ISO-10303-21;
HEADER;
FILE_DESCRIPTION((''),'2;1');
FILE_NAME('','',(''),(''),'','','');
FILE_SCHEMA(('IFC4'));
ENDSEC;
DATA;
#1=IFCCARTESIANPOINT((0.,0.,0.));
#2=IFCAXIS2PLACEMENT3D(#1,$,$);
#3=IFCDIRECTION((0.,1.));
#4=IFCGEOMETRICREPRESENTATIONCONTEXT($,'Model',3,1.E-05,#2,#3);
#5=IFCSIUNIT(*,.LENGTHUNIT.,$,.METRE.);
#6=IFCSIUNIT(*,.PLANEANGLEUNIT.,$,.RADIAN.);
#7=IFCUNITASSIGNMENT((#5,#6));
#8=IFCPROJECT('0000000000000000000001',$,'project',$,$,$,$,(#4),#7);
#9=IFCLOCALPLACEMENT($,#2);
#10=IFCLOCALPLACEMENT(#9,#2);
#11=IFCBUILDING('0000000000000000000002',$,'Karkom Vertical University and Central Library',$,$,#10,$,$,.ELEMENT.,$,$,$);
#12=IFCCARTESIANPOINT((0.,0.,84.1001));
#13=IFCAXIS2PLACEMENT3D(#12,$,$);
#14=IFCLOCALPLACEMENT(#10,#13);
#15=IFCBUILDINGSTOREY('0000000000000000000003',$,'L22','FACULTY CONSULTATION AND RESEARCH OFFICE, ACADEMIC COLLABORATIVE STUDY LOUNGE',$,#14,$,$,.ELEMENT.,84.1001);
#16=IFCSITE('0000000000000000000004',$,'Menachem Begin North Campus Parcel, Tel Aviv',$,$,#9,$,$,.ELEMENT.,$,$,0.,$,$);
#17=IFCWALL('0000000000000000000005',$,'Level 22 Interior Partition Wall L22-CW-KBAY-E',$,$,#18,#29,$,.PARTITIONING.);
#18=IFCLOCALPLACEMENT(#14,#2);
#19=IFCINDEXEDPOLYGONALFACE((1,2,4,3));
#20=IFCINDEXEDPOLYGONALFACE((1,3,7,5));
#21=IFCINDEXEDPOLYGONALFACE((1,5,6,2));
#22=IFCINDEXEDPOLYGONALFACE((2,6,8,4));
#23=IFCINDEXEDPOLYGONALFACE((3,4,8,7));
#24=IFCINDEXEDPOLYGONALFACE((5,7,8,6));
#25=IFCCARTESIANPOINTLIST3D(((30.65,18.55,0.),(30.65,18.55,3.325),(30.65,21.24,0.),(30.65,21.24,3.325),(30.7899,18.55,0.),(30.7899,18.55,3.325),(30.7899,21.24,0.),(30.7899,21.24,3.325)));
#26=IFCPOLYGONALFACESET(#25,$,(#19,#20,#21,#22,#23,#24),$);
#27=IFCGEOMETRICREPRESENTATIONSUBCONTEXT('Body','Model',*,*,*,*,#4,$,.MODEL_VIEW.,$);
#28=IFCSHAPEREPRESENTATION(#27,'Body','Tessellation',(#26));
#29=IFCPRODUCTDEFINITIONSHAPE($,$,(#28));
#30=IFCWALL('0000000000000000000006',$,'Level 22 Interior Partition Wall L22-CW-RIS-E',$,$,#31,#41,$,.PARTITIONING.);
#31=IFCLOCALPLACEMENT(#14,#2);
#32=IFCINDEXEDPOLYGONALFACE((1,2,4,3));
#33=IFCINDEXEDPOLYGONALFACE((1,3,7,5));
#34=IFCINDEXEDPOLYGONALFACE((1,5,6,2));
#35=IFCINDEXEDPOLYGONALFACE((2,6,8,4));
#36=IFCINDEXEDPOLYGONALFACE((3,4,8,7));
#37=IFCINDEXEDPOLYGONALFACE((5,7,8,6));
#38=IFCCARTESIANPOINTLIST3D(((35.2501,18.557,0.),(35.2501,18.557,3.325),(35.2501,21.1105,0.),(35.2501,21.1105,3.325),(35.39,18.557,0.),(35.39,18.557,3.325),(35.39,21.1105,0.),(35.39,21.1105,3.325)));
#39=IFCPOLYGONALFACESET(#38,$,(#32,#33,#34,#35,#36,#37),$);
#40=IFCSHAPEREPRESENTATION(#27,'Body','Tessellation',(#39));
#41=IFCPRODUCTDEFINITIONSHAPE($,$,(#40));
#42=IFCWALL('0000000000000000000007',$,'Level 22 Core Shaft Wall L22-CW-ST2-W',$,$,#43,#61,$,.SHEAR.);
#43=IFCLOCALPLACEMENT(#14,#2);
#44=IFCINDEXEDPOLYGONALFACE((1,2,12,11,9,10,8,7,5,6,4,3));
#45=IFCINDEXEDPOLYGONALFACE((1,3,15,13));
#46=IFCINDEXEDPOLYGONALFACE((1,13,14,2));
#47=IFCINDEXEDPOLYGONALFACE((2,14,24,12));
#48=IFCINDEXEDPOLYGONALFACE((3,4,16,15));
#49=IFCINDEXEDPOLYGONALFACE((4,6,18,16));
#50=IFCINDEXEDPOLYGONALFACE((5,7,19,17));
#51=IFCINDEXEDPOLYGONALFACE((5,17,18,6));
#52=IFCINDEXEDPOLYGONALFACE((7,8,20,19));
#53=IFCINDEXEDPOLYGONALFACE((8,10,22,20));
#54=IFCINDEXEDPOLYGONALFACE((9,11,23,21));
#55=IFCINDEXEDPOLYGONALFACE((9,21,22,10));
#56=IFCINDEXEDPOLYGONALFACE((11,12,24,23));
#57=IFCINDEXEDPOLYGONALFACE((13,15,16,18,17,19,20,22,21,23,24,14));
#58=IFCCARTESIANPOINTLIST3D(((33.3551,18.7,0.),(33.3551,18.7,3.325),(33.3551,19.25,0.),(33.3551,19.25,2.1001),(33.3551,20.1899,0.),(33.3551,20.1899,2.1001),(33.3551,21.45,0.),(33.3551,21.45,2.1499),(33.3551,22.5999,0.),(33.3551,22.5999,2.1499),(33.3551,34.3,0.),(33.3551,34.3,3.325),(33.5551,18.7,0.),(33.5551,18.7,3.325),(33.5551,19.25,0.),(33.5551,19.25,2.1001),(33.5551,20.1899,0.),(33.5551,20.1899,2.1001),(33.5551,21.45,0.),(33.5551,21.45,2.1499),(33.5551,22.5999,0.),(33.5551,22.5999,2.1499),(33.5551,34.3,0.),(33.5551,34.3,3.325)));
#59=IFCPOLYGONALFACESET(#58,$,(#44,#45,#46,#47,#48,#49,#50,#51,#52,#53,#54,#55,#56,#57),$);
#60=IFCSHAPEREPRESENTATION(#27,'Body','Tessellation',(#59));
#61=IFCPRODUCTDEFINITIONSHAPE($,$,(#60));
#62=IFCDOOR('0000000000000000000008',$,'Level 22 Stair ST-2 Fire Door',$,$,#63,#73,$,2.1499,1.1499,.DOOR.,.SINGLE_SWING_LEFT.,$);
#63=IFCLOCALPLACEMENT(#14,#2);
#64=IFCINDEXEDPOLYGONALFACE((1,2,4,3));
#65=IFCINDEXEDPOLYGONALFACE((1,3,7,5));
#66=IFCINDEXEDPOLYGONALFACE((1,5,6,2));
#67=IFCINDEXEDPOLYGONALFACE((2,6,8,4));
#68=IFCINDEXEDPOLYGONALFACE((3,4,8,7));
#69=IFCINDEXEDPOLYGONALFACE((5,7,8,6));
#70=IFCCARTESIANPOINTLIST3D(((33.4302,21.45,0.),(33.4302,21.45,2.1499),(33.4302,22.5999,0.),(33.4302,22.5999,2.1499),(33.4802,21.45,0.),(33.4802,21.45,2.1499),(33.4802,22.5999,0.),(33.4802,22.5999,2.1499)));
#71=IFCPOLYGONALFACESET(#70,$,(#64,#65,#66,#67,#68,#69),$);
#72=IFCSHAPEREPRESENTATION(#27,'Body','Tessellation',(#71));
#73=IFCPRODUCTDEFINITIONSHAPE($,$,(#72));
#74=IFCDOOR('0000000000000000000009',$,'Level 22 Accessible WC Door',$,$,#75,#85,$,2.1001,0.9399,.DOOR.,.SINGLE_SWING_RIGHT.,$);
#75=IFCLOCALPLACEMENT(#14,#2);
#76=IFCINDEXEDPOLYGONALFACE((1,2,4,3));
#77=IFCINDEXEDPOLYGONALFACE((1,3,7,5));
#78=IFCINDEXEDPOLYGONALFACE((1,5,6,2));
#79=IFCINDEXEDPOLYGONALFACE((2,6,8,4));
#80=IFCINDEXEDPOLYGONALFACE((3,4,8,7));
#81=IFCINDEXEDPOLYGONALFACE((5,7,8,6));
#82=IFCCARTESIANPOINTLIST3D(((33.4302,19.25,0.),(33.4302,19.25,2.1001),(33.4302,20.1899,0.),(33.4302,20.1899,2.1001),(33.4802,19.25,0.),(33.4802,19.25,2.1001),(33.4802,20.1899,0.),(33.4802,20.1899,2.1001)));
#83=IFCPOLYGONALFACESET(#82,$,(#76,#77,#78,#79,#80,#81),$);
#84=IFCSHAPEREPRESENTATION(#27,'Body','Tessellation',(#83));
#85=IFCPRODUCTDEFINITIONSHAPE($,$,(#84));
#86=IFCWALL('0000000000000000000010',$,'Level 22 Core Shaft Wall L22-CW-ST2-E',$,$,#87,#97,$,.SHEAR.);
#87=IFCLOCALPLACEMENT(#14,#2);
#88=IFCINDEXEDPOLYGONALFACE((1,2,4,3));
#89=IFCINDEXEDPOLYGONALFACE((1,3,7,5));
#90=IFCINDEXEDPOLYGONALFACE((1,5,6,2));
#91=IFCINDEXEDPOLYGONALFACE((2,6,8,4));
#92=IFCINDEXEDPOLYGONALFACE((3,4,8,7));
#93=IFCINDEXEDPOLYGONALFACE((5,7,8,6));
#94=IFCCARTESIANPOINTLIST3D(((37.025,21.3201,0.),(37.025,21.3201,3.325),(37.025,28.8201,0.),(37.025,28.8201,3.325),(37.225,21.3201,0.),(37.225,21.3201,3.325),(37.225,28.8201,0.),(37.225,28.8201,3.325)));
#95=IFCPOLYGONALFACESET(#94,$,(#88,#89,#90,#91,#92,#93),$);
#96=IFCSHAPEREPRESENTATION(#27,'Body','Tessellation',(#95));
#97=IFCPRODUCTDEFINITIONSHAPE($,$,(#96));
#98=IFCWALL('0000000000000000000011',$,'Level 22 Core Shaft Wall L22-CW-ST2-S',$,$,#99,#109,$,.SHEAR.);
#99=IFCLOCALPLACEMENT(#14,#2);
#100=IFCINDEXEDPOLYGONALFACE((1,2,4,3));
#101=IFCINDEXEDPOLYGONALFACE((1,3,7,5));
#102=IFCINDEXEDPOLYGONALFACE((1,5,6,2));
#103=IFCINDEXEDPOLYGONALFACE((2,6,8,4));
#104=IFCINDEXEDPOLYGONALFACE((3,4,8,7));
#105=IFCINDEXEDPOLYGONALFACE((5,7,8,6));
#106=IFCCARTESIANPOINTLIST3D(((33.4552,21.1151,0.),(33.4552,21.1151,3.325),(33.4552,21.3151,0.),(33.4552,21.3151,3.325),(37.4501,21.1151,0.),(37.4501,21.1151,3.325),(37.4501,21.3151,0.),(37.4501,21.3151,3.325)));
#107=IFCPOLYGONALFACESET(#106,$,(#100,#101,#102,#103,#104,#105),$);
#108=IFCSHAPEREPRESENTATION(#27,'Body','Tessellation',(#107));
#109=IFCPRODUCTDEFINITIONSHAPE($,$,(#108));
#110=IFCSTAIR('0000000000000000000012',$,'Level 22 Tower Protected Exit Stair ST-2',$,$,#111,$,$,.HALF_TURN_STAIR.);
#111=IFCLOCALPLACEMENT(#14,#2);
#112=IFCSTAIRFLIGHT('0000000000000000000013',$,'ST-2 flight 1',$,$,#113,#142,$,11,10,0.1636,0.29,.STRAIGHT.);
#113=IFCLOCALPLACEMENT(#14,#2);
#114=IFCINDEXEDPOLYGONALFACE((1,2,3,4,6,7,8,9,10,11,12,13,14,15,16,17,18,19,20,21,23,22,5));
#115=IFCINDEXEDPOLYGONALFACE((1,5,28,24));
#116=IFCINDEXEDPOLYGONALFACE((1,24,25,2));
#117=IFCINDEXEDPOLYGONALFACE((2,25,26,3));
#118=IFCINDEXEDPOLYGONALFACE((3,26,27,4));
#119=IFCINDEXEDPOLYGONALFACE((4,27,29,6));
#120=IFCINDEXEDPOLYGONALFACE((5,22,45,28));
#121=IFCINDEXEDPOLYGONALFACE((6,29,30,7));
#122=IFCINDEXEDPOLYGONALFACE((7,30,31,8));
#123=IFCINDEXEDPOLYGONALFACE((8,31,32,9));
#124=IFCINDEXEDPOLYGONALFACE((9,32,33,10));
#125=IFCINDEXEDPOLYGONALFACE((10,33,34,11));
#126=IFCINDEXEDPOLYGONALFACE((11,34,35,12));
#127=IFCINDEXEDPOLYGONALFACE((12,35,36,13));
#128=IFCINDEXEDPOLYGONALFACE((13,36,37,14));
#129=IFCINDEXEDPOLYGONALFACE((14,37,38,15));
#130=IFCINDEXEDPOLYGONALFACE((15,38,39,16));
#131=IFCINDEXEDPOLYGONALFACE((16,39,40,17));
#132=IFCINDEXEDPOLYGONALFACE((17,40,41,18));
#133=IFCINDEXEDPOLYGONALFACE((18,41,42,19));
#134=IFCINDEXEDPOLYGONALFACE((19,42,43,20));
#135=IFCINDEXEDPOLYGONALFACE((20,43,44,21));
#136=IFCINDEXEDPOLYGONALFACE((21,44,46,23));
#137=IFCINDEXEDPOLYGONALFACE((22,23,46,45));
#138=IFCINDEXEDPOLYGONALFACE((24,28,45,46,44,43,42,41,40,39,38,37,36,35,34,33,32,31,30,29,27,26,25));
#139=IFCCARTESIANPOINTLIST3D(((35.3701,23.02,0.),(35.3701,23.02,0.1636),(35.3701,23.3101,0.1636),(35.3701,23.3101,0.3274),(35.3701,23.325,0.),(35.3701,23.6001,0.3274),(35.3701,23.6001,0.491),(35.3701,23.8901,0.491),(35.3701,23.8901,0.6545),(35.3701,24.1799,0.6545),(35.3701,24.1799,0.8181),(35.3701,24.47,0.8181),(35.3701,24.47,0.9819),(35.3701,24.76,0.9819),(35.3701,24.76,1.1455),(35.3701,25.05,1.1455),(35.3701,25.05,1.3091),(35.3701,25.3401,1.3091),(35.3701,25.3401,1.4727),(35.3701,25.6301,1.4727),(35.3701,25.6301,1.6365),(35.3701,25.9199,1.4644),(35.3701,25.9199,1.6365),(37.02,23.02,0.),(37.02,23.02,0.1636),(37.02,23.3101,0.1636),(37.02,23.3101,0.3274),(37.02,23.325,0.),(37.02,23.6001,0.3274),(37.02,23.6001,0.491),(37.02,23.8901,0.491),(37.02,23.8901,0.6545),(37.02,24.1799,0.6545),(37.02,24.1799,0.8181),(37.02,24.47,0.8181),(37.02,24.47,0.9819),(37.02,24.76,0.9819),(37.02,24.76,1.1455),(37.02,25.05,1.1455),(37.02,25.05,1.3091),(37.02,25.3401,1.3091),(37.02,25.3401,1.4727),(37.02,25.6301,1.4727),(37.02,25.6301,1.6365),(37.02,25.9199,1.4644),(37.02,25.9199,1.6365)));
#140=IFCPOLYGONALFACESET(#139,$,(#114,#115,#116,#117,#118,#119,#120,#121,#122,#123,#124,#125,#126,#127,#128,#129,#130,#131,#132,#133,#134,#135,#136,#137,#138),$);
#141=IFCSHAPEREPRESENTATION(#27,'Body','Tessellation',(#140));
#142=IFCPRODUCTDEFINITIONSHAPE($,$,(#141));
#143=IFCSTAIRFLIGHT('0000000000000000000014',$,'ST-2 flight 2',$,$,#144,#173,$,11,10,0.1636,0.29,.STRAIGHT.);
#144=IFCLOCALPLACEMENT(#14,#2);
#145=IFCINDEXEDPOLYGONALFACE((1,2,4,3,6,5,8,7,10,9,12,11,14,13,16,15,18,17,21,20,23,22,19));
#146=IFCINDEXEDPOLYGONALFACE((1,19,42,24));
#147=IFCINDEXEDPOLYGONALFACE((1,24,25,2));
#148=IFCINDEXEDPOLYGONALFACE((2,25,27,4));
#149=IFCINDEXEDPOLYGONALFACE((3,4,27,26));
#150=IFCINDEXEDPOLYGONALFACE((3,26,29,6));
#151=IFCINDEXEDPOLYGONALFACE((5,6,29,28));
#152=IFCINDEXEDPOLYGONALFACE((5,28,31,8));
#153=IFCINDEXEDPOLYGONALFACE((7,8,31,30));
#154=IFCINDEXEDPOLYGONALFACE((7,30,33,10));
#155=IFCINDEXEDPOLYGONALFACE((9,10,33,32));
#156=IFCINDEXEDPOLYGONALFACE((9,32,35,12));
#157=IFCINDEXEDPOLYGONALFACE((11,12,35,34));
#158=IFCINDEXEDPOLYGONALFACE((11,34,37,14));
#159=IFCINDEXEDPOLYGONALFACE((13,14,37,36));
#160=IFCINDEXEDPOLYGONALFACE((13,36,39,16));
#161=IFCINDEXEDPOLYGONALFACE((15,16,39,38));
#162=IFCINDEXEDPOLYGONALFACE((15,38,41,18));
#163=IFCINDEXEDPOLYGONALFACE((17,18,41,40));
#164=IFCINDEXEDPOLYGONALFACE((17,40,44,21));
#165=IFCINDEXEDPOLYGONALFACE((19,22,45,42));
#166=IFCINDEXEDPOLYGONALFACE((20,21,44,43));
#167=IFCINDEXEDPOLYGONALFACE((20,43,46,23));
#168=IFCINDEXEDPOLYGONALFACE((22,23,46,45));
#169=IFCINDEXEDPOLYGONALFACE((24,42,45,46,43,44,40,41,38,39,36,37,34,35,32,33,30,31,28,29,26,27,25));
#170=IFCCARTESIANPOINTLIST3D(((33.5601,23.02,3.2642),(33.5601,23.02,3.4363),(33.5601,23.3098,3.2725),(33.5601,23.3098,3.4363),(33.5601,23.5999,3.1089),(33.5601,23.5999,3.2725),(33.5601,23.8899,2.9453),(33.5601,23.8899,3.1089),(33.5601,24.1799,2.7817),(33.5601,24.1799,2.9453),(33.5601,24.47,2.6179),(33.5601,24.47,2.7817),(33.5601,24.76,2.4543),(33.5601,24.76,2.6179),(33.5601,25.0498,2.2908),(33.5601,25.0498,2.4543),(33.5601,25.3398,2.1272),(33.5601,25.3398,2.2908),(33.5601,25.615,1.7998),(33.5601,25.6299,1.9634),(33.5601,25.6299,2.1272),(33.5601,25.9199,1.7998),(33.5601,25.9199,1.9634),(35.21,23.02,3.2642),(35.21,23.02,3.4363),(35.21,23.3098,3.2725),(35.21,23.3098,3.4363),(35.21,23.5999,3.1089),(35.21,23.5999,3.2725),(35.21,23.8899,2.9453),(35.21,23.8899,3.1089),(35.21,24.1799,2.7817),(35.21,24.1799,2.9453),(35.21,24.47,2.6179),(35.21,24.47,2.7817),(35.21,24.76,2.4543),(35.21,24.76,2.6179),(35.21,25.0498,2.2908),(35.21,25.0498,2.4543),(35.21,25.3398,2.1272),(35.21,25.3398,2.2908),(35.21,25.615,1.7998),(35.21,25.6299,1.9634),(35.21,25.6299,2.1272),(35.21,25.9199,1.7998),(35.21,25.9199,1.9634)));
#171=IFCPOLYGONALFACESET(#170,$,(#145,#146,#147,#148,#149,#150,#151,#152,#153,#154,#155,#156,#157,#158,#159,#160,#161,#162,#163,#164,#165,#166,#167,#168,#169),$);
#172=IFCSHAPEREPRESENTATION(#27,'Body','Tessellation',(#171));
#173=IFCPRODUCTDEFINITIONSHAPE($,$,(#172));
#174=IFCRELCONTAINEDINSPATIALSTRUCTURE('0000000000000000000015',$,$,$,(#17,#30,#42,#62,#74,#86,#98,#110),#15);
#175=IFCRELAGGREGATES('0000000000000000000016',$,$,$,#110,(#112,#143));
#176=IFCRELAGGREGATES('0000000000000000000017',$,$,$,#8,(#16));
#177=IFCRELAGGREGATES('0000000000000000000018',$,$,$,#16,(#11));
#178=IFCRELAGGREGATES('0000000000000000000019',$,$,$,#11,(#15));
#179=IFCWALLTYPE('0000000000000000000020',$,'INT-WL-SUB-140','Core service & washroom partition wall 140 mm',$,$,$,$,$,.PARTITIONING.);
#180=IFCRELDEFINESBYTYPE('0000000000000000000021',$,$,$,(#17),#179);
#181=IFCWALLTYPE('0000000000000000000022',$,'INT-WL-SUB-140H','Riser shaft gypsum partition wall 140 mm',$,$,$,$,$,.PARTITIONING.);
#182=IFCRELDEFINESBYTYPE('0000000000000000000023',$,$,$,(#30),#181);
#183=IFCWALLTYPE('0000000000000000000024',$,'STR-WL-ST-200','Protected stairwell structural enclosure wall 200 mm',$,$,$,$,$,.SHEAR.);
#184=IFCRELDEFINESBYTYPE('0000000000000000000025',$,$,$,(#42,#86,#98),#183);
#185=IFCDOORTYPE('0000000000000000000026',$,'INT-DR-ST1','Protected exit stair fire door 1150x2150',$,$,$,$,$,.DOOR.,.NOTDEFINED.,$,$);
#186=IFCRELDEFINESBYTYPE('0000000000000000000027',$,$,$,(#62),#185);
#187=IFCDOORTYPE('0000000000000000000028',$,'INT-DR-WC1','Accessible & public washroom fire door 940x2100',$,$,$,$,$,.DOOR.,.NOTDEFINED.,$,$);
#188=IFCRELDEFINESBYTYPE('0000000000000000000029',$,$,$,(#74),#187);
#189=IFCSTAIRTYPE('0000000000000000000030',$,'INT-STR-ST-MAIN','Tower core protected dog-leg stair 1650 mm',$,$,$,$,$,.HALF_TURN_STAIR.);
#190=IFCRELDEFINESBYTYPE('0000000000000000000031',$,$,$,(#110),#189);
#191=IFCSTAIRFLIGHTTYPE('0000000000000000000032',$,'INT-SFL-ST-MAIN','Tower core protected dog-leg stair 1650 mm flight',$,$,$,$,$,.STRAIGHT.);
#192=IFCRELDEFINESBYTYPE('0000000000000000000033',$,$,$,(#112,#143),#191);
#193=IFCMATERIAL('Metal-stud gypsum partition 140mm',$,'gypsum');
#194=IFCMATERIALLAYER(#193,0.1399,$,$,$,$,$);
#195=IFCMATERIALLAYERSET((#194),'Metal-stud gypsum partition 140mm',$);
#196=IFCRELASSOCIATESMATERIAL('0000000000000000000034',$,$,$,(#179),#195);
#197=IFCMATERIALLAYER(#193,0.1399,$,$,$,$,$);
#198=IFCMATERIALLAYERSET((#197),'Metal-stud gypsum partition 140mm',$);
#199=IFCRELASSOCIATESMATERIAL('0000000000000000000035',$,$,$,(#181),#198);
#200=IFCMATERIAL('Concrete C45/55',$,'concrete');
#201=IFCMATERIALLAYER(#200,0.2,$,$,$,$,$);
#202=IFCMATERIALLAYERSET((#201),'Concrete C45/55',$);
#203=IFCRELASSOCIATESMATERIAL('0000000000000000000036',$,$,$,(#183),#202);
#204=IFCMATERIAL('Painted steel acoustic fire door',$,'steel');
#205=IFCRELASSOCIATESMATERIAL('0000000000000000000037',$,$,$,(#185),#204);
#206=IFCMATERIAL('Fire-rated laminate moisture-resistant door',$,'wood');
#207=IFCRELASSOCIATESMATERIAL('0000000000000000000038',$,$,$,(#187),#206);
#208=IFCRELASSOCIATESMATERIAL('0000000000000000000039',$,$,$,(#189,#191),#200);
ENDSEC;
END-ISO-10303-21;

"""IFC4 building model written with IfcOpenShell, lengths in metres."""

from ifc_helpers import new_model, si_unit, direction, frame, frame_2d, origin, origin_with_axes, place, context, subcontext, project, spatial, polyline, rectangle, outline, extrude, source, transform, mapped, material, layer, layer_set, type_object, element, fill, aggregate, save


model = new_model("IFC4")

# Units and contexts
model_context = context("Model", 3, precision=1e-05, world=origin(), true_north=direction((0.0, 1.0)))
body_context = subcontext(model_context, "Body", "Model", "MODEL_VIEW")
ifc_project = project(units=[si_unit("LENGTHUNIT", "METRE"), si_unit("PLANEANGLEUNIT", "RADIAN")], contexts=[model_context])

# Site, building, storey
site_placement = place(None, origin())
site = spatial("IfcSite", under=ifc_project, at=site_placement, Name="Menachem Begin North Campus Parcel, Tel Aviv", CompositionType="ELEMENT", RefElevation=0.0)
building_placement = place(site_placement, origin())
building = spatial("IfcBuilding", under=site, at=building_placement, Name="Karkom Vertical University and Central Library", CompositionType="ELEMENT")
storey_placement = place(building_placement, frame((0.0, 0.0, 84.1001)))
storey = spatial("IfcBuildingStorey", under=building, at=storey_placement, Name="L22", Description="FACULTY CONSULTATION AND RESEARCH OFFICE, ACADEMIC COLLABORATIVE STUDY LOUNGE", CompositionType="ELEMENT", Elevation=84.1001)

# Shared definitions
ifc_material_1 = material(Name="Metal-stud gypsum partition 140mm", Category="gypsum")
ifc_layer_1 = layer(ifc_material_1, 0.1399)
ifc_layer_set_1 = layer_set([ifc_layer_1], Name="Metal-stud gypsum partition 140mm")
wall_type_1 = type_object("IfcWallType", Name="INT-WL-SUB-140", Description="Core service & washroom partition wall 140 mm", PredefinedType="PARTITIONING", material=ifc_layer_set_1)

# Walls
wall_1_placement = place(storey_placement, frame((30.72, 18.55, 0.0), z_axis=(0.0, 0.0, 1.0), x_axis=(0.0, 1.0, 0.0)))
element("IfcWall", 1, at=wall_1_placement, inside=storey, type_object=wall_type_1, Name="Level 22 Interior Partition Wall L22-CW-KBAY-E", PredefinedType="PARTITIONING", context=body_context, shape_type="SweptSolid", body=[
    extrude(rectangle(XDim=2.6899, YDim=0.1399, at=frame_2d((1.345, 0.0))), origin(), (0.0, 0.0, 1.0), 3.325),
])
ifc_layer_2 = layer(ifc_material_1, 0.1399)
ifc_layer_set_2 = layer_set([ifc_layer_2], Name="Metal-stud gypsum partition 140mm")
wall_type_2 = type_object("IfcWallType", Name="INT-WL-SUB-140H", Description="Riser shaft gypsum partition wall 140 mm", PredefinedType="PARTITIONING", material=ifc_layer_set_2)
wall_2_placement = place(storey_placement, frame((35.3201, 18.5569, 0.0), z_axis=(0.0, 0.0, 1.0), x_axis=(0.0, 1.0, 0.0)))
element("IfcWall", 2, at=wall_2_placement, inside=storey, type_object=wall_type_2, Name="Level 22 Interior Partition Wall L22-CW-RIS-E", PredefinedType="PARTITIONING", context=body_context, shape_type="SweptSolid", body=[
    extrude(rectangle(XDim=2.5535, YDim=0.1399, at=frame_2d((1.2769, 0.0))), origin(), (0.0, 0.0, 1.0), 3.325),
])

# Wall, openings, doors
ifc_material_2 = material(Name="Concrete C45/55", Category="concrete")
ifc_layer_3 = layer(ifc_material_2, 0.2)
ifc_layer_set_3 = layer_set([ifc_layer_3], Name="Concrete C45/55")
wall_type_3 = type_object("IfcWallType", Name="STR-WL-ST-200", Description="Protected stairwell structural enclosure wall 200 mm", PredefinedType="SHEAR", material=ifc_layer_set_3)
wall_3_placement = place(storey_placement, frame((33.4551, 18.7, 0.0), z_axis=(0.0, 0.0, 1.0), x_axis=(0.0, 1.0, 0.0)))
wall_3 = element("IfcWall", 3, at=wall_3_placement, inside=storey, type_object=wall_type_3, Name="Level 22 Core Shaft Wall L22-CW-ST2-W", PredefinedType="SHEAR", context=body_context, shape_type="SweptSolid", body=[
    extrude(rectangle(XDim=15.6001, YDim=0.2, at=frame_2d((7.8, 0.0))), origin(), (0.0, 0.0, 1.0), 3.325),
])
opening_1_placement = place(wall_3_placement, frame((2.75, 0.0, 0.0)))
opening_1 = element("IfcOpeningElement", 4, at=opening_1_placement, cuts=wall_3, PredefinedType="OPENING", context=body_context, shape_type="SweptSolid", body=[
    extrude(rectangle(XDim=1.1499, YDim=2.1499, at=frame_2d((0.575, 1.075))), frame((0.0, 0.1099, 0.0), z_axis=(0.0, -1.0, 0.0), x_axis=(1.0, 0.0, 0.0)), (0.0, 0.0, 1.0), 0.22),
])
opening_2_placement = place(wall_3_placement, frame((0.55, 0.0, 0.0)))
opening_2 = element("IfcOpeningElement", 5, at=opening_2_placement, cuts=wall_3, PredefinedType="OPENING", context=body_context, shape_type="SweptSolid", body=[
    extrude(rectangle(XDim=0.9399, YDim=2.1001, at=frame_2d((0.47, 1.05))), frame((0.0, 0.1099, 0.0), z_axis=(0.0, -1.0, 0.0), x_axis=(1.0, 0.0, 0.0)), (0.0, 0.0, 1.0), 0.22),
])
ifc_material_3 = material(Name="Painted steel acoustic fire door", Category="steel")
door_type_1 = type_object("IfcDoorType", Name="INT-DR-ST1", Description="Protected exit stair fire door 1150x2150", OperationType="NOTDEFINED", PredefinedType="DOOR", material=ifc_material_3)
shared_shape_1 = source(origin_with_axes(), body_context, "Body", "SweptSolid", [
    extrude(rectangle(XDim=1.1499, YDim=2.1499, at=frame_2d((0.575, 1.075))), frame((0.0, 0.0249, 0.0), z_axis=(0.0, -1.0, 0.0), x_axis=(1.0, 0.0, 0.0)), (0.0, 0.0, 1.0), 0.05),
])
door_1_placement = place(opening_1_placement, origin())
door_1 = element("IfcDoor", 6, at=door_1_placement, inside=storey, type_object=door_type_1, Name="Level 22 Stair ST-2 Fire Door", OperationType="SINGLE_SWING_LEFT", OverallHeight=2.1499, OverallWidth=1.1499, PredefinedType="DOOR", context=body_context, shape_type="MappedRepresentation", body=[
    mapped(shared_shape_1, transform((0.0, 0.0, 0.0), scale=1.0)),
])
fill(opening_1, door_1)
ifc_material_4 = material(Name="Fire-rated laminate moisture-resistant door", Category="wood")
door_type_2 = type_object("IfcDoorType", Name="INT-DR-WC1", Description="Accessible & public washroom fire door 940x2100", OperationType="NOTDEFINED", PredefinedType="DOOR", material=ifc_material_4)
shared_shape_2 = source(origin_with_axes(), body_context, "Body", "SweptSolid", [
    extrude(rectangle(XDim=0.9399, YDim=2.1001, at=frame_2d((0.47, 1.05))), frame((0.0, 0.0249, 0.0), z_axis=(0.0, -1.0, 0.0), x_axis=(1.0, 0.0, 0.0)), (0.0, 0.0, 1.0), 0.05),
])
door_2_placement = place(opening_2_placement, origin())
door_2 = element("IfcDoor", 7, at=door_2_placement, inside=storey, type_object=door_type_2, Name="Level 22 Accessible WC Door", OperationType="SINGLE_SWING_RIGHT", OverallHeight=2.1001, OverallWidth=0.9399, PredefinedType="DOOR", context=body_context, shape_type="MappedRepresentation", body=[
    mapped(shared_shape_2, transform((0.0, 0.0, 0.0), scale=1.0)),
])
fill(opening_2, door_2)

# Walls
wall_4_placement = place(storey_placement, frame((37.125, 21.3201, 0.0), z_axis=(0.0, 0.0, 1.0), x_axis=(0.0, 1.0, 0.0)))
element("IfcWall", 8, at=wall_4_placement, inside=storey, type_object=wall_type_3, Name="Level 22 Core Shaft Wall L22-CW-ST2-E", PredefinedType="SHEAR", context=body_context, shape_type="SweptSolid", body=[
    extrude(rectangle(XDim=7.5, YDim=0.2, at=frame_2d((3.75, 0.0))), origin(), (0.0, 0.0, 1.0), 3.325),
])
wall_5_placement = place(storey_placement, frame((33.4551, 21.2151, 0.0), z_axis=(0.0, 0.0, 1.0), x_axis=(1.0, 0.0, 0.0)))
element("IfcWall", 9, at=wall_5_placement, inside=storey, type_object=wall_type_3, Name="Level 22 Core Shaft Wall L22-CW-ST2-S", PredefinedType="SHEAR", context=body_context, shape_type="SweptSolid", body=[
    extrude(rectangle(XDim=3.9949, YDim=0.2, at=frame_2d((1.9976, 0.0))), origin(), (0.0, 0.0, 1.0), 3.325),
])

# Stair, stair flights
stair_type = type_object("IfcStairType", Name="INT-STR-ST-MAIN", Description="Tower core protected dog-leg stair 1650 mm", PredefinedType="HALF_TURN_STAIR", material=ifc_material_2)
stair_placement = place(storey_placement, origin())
stair = element("IfcStair", 10, at=stair_placement, inside=storey, type_object=stair_type, Name="Level 22 Tower Protected Exit Stair ST-2", PredefinedType="HALF_TURN_STAIR")
stair_flight_type = type_object("IfcStairFlightType", Name="INT-SFL-ST-MAIN", Description="Tower core protected dog-leg stair 1650 mm flight", PredefinedType="STRAIGHT", material=ifc_material_2)
stair_flight_1_placement = place(storey_placement, frame((36.1951, 23.02, 0.0), z_axis=(0.0, 0.0, 1.0), x_axis=(0.0, 1.0, 0.0)))
stair_flight_1 = element("IfcStairFlight", 11, at=stair_flight_1_placement, type_object=stair_flight_type, Name="ST-2 flight 1", NumberOfRisers=11, NumberOfTreads=10, PredefinedType="STRAIGHT", RiserHeight=0.1636, TreadLength=0.29, context=body_context, shape_type="SweptSolid", body=[
    extrude(outline(polyline([(0.0, 0.0), (0.0, 0.1636), (0.29, 0.1636), (0.29, 0.3274), (0.5801, 0.3274), (0.5801, 0.491), (0.8701, 0.491), (0.8701, 0.6545), (1.1599, 0.6545), (1.1599, 0.8181), (1.45, 0.8181), (1.45, 0.9819), (1.74, 0.9819), (1.74, 1.1455), (2.03, 1.1455), (2.03, 1.3091), (2.3201, 1.3091), (2.3201, 1.4727), (2.6101, 1.4727), (2.6101, 1.6365), (2.8999, 1.6365), (2.8999, 1.8), (2.8999, 1.4644), (0.3049, 0.0), (0.0, 0.0)])), frame((0.0, 0.825, 0.0), z_axis=(0.0, -1.0, 0.0), x_axis=(1.0, 0.0, 0.0)), (0.0, 0.0, 1.0), 1.6499),
])
stair_flight_2_placement = place(storey_placement, frame((34.385, 25.9199, 1.7998), z_axis=(0.0, 0.0, 1.0), x_axis=(0.0, -1.0, 0.0)))
stair_flight_2 = element("IfcStairFlight", 12, at=stair_flight_2_placement, type_object=stair_flight_type, Name="ST-2 flight 2", NumberOfRisers=11, NumberOfTreads=10, PredefinedType="STRAIGHT", RiserHeight=0.1636, TreadLength=0.29, context=body_context, shape_type="SweptSolid", body=[
    extrude(outline(polyline([(0.0, 0.0), (0.0, 0.1636), (0.29, 0.1636), (0.29, 0.3274), (0.5801, 0.3274), (0.5801, 0.491), (0.8701, 0.491), (0.8701, 0.6545), (1.1599, 0.6545), (1.1599, 0.8181), (1.45, 0.8181), (1.45, 0.9819), (1.74, 0.9819), (1.74, 1.1455), (2.03, 1.1455), (2.03, 1.3091), (2.3201, 1.3091), (2.3201, 1.4727), (2.6101, 1.4727), (2.6101, 1.6365), (2.8999, 1.6365), (2.8999, 1.8), (2.8999, 1.4644), (0.3049, 0.0), (0.0, 0.0)])), frame((0.0, 0.825, 0.0), z_axis=(0.0, -1.0, 0.0), x_axis=(1.0, 0.0, 0.0)), (0.0, 0.0, 1.0), 1.6499),
])
aggregate(stair, [stair_flight_1, stair_flight_2])

save(model, "model.ifc")
